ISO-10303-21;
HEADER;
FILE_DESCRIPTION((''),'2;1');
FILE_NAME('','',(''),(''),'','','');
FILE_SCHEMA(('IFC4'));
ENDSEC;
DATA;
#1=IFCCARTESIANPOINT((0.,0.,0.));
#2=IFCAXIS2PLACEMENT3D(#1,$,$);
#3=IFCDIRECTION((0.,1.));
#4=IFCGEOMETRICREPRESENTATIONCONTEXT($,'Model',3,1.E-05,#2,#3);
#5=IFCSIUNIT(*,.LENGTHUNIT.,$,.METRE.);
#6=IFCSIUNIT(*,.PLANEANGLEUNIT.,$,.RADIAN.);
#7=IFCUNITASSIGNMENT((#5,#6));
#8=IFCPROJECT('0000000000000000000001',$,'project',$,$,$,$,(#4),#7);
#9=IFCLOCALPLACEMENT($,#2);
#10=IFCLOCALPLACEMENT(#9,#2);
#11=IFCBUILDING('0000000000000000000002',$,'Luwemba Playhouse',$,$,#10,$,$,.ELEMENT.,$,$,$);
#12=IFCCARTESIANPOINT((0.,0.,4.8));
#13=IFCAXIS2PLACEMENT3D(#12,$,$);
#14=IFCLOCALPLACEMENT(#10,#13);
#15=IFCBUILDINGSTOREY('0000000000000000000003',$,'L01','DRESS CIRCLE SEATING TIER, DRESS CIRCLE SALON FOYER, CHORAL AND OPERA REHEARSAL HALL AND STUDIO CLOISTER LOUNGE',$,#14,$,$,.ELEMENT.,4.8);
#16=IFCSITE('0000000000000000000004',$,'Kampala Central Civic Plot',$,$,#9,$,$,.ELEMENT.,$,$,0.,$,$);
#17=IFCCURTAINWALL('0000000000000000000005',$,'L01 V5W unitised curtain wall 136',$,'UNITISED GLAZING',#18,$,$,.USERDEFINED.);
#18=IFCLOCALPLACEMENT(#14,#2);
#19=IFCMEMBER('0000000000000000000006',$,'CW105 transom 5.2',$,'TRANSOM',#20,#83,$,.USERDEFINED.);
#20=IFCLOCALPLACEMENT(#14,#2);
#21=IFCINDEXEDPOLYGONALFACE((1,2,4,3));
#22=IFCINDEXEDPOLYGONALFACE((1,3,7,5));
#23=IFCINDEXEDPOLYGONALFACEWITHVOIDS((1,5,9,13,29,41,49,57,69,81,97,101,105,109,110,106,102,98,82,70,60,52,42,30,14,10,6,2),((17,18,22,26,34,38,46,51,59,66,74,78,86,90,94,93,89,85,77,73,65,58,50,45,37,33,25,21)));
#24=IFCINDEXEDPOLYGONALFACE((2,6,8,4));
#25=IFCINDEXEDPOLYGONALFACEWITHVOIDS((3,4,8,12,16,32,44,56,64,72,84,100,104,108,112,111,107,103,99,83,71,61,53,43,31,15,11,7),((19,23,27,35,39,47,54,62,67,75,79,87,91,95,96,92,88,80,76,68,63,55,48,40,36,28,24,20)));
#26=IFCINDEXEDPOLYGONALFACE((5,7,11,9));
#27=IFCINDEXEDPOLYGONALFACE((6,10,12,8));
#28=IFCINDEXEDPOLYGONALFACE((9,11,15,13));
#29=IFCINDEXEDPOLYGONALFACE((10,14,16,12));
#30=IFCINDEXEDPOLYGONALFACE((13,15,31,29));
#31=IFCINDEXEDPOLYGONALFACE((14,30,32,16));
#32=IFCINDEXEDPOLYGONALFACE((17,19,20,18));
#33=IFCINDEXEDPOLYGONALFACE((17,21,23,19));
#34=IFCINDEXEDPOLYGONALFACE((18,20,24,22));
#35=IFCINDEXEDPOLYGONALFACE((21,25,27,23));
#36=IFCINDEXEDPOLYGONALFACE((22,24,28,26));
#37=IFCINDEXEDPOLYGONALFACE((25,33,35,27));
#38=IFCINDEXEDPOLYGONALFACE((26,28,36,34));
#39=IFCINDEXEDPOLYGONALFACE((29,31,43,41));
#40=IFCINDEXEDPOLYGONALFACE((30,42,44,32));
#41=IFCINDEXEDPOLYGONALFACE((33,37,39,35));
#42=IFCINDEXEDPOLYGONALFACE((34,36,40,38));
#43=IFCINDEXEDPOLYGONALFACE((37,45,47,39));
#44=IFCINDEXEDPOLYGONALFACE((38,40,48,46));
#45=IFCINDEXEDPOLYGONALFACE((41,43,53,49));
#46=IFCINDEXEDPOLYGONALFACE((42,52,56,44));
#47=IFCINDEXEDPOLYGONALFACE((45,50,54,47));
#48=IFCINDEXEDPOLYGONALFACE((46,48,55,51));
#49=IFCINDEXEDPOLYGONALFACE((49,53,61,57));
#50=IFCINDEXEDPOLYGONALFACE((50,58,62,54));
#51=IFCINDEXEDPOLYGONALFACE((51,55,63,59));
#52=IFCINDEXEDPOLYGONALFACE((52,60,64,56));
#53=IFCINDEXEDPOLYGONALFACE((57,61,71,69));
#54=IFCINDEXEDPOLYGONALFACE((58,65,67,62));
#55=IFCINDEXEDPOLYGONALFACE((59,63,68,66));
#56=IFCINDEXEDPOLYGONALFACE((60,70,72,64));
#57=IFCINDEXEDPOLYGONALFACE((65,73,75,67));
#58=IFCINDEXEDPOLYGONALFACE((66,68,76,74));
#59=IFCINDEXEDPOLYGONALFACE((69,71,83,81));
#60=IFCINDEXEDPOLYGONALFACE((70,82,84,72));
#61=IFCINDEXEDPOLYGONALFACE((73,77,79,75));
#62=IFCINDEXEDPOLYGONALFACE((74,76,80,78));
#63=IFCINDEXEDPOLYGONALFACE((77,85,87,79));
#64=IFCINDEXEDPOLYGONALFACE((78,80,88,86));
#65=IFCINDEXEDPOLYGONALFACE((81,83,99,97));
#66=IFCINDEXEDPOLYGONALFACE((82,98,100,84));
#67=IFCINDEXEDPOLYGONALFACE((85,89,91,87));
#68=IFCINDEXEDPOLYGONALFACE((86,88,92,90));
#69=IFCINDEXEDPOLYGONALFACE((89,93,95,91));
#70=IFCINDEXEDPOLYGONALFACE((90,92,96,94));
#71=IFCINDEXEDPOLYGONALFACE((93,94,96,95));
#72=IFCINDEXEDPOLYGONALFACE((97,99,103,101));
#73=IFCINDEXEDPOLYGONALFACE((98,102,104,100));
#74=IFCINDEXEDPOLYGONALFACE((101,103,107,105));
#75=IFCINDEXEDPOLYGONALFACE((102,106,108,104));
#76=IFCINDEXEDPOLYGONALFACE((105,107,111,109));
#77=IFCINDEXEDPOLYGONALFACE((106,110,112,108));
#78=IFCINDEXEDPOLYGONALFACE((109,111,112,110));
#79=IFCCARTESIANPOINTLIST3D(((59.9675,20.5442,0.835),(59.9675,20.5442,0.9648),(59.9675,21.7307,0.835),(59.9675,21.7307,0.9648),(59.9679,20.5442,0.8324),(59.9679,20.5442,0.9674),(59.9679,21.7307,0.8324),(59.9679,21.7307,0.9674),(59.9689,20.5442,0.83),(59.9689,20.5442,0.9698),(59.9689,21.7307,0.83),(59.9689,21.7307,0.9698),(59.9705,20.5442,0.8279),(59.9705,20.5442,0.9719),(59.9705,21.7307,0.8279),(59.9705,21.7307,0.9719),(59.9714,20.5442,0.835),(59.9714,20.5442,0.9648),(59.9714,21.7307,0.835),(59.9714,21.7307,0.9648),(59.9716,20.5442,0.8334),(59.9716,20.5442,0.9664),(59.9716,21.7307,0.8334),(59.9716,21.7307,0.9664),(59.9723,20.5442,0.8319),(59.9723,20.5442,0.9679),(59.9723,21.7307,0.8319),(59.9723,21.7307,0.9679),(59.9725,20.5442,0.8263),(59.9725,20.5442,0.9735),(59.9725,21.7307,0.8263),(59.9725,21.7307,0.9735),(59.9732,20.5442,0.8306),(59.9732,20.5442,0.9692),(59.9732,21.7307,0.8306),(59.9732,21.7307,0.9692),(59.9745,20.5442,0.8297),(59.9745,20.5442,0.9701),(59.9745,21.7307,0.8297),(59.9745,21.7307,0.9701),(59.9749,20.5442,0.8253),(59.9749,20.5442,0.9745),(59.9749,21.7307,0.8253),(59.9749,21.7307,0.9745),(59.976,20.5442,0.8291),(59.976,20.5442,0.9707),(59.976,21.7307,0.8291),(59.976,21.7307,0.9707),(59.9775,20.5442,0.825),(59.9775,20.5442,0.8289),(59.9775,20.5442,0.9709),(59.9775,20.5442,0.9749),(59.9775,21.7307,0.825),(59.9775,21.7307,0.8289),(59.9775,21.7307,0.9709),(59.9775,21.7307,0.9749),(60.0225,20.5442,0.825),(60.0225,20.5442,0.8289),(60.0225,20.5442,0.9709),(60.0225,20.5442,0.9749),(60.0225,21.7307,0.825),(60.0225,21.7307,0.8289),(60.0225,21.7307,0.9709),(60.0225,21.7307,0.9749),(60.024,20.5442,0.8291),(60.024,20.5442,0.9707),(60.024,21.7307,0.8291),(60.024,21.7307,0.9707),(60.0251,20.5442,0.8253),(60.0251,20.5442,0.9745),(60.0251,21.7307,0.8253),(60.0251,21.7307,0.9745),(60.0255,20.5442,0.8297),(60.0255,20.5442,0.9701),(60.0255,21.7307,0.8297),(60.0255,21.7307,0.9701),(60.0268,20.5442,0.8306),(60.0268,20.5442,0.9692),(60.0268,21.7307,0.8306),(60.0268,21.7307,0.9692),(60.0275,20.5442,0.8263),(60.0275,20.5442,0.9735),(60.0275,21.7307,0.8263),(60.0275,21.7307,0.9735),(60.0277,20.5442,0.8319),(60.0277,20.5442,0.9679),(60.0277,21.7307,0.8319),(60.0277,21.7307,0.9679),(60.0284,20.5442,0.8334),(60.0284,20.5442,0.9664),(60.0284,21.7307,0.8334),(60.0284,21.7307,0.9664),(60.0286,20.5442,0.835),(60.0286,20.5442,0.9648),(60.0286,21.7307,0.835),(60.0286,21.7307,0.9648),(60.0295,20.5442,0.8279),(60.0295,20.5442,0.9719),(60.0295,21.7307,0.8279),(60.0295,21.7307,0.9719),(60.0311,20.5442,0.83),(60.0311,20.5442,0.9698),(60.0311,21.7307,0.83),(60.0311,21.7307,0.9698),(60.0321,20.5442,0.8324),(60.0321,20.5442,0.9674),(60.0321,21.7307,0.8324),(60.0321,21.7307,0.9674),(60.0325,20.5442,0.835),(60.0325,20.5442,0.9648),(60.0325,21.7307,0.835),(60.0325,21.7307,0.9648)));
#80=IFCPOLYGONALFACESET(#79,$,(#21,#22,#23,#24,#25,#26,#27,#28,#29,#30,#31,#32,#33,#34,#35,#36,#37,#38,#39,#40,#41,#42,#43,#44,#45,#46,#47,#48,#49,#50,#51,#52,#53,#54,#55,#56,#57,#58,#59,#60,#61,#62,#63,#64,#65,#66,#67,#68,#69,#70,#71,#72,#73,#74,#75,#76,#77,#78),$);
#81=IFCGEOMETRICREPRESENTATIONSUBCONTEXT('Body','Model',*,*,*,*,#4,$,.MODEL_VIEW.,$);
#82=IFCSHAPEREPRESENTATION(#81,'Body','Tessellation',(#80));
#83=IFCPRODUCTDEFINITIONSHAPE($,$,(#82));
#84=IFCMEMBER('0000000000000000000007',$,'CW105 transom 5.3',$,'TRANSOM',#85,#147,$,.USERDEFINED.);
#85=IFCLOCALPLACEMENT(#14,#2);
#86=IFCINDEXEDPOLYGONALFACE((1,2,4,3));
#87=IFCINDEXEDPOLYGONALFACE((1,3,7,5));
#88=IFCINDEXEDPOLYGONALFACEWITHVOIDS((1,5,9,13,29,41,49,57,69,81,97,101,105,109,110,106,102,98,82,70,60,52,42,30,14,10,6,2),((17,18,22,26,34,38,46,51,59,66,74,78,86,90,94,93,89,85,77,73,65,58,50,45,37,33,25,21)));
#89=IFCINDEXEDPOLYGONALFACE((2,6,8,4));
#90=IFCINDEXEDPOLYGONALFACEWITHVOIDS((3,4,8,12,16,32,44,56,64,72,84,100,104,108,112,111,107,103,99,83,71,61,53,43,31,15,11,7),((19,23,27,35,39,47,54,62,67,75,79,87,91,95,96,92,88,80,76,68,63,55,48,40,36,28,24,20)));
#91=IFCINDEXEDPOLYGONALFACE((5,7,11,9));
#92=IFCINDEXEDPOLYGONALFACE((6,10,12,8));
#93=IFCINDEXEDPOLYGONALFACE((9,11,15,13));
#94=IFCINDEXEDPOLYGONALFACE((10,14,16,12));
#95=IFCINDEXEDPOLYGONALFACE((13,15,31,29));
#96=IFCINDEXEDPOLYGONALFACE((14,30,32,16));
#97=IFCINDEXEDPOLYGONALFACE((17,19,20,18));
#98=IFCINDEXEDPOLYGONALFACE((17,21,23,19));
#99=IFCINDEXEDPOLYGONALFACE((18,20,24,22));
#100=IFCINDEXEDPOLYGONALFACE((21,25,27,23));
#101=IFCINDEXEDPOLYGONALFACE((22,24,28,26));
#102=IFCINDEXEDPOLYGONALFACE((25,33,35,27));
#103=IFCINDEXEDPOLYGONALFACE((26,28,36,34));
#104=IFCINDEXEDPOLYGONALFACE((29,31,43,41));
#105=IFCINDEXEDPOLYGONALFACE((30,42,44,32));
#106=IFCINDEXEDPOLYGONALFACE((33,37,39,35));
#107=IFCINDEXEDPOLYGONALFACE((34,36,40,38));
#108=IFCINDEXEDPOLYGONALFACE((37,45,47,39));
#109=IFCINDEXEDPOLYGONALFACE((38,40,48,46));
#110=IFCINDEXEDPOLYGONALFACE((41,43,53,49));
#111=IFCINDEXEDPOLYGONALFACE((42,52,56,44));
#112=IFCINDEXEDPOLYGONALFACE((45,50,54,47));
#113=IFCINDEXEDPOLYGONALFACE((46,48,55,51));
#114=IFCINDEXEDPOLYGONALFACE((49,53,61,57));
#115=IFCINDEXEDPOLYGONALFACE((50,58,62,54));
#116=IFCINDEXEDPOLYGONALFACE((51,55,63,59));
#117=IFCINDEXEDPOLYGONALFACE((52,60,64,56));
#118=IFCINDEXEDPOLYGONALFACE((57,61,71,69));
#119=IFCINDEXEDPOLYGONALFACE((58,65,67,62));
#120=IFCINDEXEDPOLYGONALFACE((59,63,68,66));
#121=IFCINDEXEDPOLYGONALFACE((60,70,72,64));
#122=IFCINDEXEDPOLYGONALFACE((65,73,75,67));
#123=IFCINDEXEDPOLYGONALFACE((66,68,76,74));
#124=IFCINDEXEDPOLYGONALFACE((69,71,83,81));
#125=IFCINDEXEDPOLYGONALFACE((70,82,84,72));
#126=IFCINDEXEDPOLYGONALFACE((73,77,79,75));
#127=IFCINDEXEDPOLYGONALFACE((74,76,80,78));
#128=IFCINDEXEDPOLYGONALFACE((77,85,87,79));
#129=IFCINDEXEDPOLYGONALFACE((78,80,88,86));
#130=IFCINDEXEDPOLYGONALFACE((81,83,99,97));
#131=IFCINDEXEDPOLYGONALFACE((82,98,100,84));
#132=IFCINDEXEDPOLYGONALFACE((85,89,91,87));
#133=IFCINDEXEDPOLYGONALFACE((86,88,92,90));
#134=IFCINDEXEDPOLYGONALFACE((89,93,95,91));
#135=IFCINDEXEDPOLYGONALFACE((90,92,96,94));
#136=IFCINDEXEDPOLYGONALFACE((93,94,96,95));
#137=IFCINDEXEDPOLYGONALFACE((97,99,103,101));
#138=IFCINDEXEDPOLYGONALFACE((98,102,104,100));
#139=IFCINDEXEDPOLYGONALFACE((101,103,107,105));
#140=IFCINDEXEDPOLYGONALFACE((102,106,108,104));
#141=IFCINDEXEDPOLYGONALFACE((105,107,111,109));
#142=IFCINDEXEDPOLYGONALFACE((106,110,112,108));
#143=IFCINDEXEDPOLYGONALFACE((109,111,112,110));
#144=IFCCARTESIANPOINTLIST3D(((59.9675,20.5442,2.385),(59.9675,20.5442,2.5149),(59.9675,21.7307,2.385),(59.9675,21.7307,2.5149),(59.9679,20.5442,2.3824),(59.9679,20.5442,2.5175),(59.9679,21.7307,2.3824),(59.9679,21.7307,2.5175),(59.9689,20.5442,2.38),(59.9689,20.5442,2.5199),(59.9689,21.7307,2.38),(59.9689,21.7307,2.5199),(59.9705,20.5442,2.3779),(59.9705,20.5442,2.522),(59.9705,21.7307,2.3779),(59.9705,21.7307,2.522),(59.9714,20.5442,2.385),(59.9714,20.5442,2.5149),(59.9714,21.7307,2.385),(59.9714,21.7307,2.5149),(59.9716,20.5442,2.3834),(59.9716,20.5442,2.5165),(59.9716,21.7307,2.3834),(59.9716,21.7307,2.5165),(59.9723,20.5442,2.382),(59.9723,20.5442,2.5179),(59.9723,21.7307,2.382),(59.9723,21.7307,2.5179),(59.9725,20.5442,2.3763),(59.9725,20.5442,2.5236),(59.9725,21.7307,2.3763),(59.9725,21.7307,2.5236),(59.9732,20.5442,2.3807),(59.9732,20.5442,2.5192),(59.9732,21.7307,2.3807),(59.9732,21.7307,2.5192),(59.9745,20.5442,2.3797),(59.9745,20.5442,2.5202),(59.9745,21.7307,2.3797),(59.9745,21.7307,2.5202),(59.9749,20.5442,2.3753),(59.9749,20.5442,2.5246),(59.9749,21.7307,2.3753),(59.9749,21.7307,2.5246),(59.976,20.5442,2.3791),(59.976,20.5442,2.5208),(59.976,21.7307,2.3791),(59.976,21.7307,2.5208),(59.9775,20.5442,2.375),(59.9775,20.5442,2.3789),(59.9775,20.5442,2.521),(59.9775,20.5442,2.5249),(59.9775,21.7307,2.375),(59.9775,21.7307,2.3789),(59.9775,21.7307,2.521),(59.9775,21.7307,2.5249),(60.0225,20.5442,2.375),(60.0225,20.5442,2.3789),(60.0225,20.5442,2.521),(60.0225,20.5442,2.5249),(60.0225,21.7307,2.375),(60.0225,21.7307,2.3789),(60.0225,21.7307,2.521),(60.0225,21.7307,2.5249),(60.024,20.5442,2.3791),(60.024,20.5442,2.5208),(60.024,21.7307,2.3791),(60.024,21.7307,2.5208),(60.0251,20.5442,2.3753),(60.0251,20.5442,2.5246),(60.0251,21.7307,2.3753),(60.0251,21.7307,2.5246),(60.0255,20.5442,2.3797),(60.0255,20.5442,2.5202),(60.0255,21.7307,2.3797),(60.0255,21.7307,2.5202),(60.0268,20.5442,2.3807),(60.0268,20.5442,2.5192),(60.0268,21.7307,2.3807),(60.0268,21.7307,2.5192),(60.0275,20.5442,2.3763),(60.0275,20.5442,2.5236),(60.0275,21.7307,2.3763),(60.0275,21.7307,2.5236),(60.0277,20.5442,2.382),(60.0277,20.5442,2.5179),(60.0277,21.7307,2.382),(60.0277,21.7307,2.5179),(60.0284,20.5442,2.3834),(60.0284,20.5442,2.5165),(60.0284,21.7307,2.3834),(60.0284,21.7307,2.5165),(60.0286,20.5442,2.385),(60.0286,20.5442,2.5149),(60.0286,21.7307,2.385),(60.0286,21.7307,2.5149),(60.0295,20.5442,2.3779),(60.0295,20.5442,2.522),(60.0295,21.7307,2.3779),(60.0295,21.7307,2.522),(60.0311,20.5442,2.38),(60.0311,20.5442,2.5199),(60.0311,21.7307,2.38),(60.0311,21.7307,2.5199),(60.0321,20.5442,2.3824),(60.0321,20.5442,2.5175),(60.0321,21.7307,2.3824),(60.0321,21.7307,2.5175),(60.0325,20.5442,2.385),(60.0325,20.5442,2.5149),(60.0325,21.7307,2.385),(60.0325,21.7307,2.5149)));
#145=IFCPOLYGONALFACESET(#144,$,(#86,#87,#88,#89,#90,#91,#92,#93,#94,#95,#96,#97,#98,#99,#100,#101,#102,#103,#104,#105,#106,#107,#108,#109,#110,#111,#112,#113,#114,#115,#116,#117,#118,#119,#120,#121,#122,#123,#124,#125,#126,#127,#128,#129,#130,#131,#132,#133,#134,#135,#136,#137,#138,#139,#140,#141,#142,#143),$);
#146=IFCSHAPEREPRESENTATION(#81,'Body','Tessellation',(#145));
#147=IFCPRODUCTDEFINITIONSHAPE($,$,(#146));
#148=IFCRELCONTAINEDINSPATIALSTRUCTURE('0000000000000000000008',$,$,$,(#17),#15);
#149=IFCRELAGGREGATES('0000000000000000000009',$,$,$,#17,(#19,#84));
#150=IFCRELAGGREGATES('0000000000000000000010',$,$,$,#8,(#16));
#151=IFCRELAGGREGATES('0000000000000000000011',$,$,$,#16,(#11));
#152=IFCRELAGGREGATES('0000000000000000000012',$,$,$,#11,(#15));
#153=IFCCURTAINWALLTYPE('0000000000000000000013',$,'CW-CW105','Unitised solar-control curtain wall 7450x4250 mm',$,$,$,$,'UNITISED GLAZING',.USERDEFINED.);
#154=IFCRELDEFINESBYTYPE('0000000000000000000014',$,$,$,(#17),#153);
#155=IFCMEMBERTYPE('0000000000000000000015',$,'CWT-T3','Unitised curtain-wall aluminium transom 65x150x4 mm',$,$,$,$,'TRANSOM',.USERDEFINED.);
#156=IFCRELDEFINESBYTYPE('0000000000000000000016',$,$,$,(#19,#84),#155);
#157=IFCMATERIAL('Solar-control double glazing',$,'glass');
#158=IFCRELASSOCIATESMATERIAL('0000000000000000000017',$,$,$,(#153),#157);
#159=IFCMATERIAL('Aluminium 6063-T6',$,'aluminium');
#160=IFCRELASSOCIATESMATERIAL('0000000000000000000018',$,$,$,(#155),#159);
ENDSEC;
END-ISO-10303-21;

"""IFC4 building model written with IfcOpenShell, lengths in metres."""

from ifc_helpers import new_model, si_unit, direction, frame, origin, origin_2d, place, context, subcontext, project, spatial, hollow_rectangle, extrude, material, material_profile, profile_set, type_object, element, aggregate, save


model = new_model("IFC4")

# Units and contexts
model_context = context("Model", 3, precision=1e-05, world=origin(), true_north=direction((0.0, 1.0)))
body_context = subcontext(model_context, "Body", "Model", "MODEL_VIEW")
ifc_project = project(units=[si_unit("LENGTHUNIT", "METRE"), si_unit("PLANEANGLEUNIT", "RADIAN")], contexts=[model_context])

# Site, building, storey
site_placement = place(None, origin())
site = spatial("IfcSite", under=ifc_project, at=site_placement, Name="Kampala Central Civic Plot", CompositionType="ELEMENT", RefElevation=0.0)
building_placement = place(site_placement, origin())
building = spatial("IfcBuilding", under=site, at=building_placement, Name="Luwemba Playhouse", CompositionType="ELEMENT")
storey_placement = place(building_placement, frame((0.0, 0.0, 4.8)))
storey = spatial("IfcBuildingStorey", under=building, at=storey_placement, Name="L01", Description="DRESS CIRCLE SEATING TIER, DRESS CIRCLE SALON FOYER, CHORAL AND OPERA REHEARSAL HALL AND STUDIO CLOISTER LOUNGE", CompositionType="ELEMENT", Elevation=4.8)

# Curtain wall
ifc_material_1 = material(Name="Solar-control double glazing", Category="glass")
ifc_material_2 = material(Name="Aluminium 6063-T6", Category="aluminium")
curtain_wall_type_1 = type_object("IfcCurtainWallType", Name="CW-CW105", Description="Unitised solar-control curtain wall 7450x4250 mm", ElementType="UNITISED GLAZING", PredefinedType="USERDEFINED", material=ifc_material_1)
curtain_wall_1_placement = place(storey_placement, origin())
curtain_wall_1 = element("IfcCurtainWall", 1, at=curtain_wall_1_placement, inside=storey, type_object=curtain_wall_type_1, Name="L01 V5W unitised curtain wall 136", ObjectType="UNITISED GLAZING", PredefinedType="USERDEFINED")

# Members
ifc_material_profile_1 = material_profile(ifc_material_2, hollow_rectangle(XDim=0.0649, YDim=0.1499, WallThickness=0.0039, InnerFilletRadius=0.0061, OuterFilletRadius=0.01, at=origin_2d()))
ifc_profile_set_1 = profile_set([ifc_material_profile_1], Name="Aluminium 6063-T6")
member_type_1 = type_object("IfcMemberType", Name="CWT-T3", Description="Unitised curtain-wall aluminium transom 65x150x4 mm", ElementType="TRANSOM", PredefinedType="USERDEFINED", material=ifc_profile_set_1)
member_1_placement = place(storey_placement, frame((60.0, 21.7307, 0.8999), z_axis=(0.0, -1.0, 0.0), x_axis=(1.0, 0.0, 0.0)))
member_1 = element("IfcMember", 2, at=member_1_placement, type_object=member_type_1, Name="CW105 transom 5.2", ObjectType="TRANSOM", PredefinedType="USERDEFINED", context=body_context, shape_type="SweptSolid", body=[
    extrude(hollow_rectangle(XDim=0.0649, YDim=0.1499, WallThickness=0.0039, InnerFilletRadius=0.0061, OuterFilletRadius=0.01, at=origin_2d()), origin(), (0.0, 0.0, 1.0), 1.1865),
])
member_2_placement = place(storey_placement, frame((60.0, 21.7307, 2.45), z_axis=(0.0, -1.0, 0.0), x_axis=(1.0, 0.0, 0.0)))
member_2 = element("IfcMember", 3, at=member_2_placement, type_object=member_type_1, Name="CW105 transom 5.3", ObjectType="TRANSOM", PredefinedType="USERDEFINED", context=body_context, shape_type="SweptSolid", body=[
    extrude(hollow_rectangle(XDim=0.0649, YDim=0.1499, WallThickness=0.0039, InnerFilletRadius=0.0061, OuterFilletRadius=0.01, at=origin_2d()), origin(), (0.0, 0.0, 1.0), 1.1865),
])

aggregate(curtain_wall_1, [member_1, member_2])

save(model, "model.ifc")
